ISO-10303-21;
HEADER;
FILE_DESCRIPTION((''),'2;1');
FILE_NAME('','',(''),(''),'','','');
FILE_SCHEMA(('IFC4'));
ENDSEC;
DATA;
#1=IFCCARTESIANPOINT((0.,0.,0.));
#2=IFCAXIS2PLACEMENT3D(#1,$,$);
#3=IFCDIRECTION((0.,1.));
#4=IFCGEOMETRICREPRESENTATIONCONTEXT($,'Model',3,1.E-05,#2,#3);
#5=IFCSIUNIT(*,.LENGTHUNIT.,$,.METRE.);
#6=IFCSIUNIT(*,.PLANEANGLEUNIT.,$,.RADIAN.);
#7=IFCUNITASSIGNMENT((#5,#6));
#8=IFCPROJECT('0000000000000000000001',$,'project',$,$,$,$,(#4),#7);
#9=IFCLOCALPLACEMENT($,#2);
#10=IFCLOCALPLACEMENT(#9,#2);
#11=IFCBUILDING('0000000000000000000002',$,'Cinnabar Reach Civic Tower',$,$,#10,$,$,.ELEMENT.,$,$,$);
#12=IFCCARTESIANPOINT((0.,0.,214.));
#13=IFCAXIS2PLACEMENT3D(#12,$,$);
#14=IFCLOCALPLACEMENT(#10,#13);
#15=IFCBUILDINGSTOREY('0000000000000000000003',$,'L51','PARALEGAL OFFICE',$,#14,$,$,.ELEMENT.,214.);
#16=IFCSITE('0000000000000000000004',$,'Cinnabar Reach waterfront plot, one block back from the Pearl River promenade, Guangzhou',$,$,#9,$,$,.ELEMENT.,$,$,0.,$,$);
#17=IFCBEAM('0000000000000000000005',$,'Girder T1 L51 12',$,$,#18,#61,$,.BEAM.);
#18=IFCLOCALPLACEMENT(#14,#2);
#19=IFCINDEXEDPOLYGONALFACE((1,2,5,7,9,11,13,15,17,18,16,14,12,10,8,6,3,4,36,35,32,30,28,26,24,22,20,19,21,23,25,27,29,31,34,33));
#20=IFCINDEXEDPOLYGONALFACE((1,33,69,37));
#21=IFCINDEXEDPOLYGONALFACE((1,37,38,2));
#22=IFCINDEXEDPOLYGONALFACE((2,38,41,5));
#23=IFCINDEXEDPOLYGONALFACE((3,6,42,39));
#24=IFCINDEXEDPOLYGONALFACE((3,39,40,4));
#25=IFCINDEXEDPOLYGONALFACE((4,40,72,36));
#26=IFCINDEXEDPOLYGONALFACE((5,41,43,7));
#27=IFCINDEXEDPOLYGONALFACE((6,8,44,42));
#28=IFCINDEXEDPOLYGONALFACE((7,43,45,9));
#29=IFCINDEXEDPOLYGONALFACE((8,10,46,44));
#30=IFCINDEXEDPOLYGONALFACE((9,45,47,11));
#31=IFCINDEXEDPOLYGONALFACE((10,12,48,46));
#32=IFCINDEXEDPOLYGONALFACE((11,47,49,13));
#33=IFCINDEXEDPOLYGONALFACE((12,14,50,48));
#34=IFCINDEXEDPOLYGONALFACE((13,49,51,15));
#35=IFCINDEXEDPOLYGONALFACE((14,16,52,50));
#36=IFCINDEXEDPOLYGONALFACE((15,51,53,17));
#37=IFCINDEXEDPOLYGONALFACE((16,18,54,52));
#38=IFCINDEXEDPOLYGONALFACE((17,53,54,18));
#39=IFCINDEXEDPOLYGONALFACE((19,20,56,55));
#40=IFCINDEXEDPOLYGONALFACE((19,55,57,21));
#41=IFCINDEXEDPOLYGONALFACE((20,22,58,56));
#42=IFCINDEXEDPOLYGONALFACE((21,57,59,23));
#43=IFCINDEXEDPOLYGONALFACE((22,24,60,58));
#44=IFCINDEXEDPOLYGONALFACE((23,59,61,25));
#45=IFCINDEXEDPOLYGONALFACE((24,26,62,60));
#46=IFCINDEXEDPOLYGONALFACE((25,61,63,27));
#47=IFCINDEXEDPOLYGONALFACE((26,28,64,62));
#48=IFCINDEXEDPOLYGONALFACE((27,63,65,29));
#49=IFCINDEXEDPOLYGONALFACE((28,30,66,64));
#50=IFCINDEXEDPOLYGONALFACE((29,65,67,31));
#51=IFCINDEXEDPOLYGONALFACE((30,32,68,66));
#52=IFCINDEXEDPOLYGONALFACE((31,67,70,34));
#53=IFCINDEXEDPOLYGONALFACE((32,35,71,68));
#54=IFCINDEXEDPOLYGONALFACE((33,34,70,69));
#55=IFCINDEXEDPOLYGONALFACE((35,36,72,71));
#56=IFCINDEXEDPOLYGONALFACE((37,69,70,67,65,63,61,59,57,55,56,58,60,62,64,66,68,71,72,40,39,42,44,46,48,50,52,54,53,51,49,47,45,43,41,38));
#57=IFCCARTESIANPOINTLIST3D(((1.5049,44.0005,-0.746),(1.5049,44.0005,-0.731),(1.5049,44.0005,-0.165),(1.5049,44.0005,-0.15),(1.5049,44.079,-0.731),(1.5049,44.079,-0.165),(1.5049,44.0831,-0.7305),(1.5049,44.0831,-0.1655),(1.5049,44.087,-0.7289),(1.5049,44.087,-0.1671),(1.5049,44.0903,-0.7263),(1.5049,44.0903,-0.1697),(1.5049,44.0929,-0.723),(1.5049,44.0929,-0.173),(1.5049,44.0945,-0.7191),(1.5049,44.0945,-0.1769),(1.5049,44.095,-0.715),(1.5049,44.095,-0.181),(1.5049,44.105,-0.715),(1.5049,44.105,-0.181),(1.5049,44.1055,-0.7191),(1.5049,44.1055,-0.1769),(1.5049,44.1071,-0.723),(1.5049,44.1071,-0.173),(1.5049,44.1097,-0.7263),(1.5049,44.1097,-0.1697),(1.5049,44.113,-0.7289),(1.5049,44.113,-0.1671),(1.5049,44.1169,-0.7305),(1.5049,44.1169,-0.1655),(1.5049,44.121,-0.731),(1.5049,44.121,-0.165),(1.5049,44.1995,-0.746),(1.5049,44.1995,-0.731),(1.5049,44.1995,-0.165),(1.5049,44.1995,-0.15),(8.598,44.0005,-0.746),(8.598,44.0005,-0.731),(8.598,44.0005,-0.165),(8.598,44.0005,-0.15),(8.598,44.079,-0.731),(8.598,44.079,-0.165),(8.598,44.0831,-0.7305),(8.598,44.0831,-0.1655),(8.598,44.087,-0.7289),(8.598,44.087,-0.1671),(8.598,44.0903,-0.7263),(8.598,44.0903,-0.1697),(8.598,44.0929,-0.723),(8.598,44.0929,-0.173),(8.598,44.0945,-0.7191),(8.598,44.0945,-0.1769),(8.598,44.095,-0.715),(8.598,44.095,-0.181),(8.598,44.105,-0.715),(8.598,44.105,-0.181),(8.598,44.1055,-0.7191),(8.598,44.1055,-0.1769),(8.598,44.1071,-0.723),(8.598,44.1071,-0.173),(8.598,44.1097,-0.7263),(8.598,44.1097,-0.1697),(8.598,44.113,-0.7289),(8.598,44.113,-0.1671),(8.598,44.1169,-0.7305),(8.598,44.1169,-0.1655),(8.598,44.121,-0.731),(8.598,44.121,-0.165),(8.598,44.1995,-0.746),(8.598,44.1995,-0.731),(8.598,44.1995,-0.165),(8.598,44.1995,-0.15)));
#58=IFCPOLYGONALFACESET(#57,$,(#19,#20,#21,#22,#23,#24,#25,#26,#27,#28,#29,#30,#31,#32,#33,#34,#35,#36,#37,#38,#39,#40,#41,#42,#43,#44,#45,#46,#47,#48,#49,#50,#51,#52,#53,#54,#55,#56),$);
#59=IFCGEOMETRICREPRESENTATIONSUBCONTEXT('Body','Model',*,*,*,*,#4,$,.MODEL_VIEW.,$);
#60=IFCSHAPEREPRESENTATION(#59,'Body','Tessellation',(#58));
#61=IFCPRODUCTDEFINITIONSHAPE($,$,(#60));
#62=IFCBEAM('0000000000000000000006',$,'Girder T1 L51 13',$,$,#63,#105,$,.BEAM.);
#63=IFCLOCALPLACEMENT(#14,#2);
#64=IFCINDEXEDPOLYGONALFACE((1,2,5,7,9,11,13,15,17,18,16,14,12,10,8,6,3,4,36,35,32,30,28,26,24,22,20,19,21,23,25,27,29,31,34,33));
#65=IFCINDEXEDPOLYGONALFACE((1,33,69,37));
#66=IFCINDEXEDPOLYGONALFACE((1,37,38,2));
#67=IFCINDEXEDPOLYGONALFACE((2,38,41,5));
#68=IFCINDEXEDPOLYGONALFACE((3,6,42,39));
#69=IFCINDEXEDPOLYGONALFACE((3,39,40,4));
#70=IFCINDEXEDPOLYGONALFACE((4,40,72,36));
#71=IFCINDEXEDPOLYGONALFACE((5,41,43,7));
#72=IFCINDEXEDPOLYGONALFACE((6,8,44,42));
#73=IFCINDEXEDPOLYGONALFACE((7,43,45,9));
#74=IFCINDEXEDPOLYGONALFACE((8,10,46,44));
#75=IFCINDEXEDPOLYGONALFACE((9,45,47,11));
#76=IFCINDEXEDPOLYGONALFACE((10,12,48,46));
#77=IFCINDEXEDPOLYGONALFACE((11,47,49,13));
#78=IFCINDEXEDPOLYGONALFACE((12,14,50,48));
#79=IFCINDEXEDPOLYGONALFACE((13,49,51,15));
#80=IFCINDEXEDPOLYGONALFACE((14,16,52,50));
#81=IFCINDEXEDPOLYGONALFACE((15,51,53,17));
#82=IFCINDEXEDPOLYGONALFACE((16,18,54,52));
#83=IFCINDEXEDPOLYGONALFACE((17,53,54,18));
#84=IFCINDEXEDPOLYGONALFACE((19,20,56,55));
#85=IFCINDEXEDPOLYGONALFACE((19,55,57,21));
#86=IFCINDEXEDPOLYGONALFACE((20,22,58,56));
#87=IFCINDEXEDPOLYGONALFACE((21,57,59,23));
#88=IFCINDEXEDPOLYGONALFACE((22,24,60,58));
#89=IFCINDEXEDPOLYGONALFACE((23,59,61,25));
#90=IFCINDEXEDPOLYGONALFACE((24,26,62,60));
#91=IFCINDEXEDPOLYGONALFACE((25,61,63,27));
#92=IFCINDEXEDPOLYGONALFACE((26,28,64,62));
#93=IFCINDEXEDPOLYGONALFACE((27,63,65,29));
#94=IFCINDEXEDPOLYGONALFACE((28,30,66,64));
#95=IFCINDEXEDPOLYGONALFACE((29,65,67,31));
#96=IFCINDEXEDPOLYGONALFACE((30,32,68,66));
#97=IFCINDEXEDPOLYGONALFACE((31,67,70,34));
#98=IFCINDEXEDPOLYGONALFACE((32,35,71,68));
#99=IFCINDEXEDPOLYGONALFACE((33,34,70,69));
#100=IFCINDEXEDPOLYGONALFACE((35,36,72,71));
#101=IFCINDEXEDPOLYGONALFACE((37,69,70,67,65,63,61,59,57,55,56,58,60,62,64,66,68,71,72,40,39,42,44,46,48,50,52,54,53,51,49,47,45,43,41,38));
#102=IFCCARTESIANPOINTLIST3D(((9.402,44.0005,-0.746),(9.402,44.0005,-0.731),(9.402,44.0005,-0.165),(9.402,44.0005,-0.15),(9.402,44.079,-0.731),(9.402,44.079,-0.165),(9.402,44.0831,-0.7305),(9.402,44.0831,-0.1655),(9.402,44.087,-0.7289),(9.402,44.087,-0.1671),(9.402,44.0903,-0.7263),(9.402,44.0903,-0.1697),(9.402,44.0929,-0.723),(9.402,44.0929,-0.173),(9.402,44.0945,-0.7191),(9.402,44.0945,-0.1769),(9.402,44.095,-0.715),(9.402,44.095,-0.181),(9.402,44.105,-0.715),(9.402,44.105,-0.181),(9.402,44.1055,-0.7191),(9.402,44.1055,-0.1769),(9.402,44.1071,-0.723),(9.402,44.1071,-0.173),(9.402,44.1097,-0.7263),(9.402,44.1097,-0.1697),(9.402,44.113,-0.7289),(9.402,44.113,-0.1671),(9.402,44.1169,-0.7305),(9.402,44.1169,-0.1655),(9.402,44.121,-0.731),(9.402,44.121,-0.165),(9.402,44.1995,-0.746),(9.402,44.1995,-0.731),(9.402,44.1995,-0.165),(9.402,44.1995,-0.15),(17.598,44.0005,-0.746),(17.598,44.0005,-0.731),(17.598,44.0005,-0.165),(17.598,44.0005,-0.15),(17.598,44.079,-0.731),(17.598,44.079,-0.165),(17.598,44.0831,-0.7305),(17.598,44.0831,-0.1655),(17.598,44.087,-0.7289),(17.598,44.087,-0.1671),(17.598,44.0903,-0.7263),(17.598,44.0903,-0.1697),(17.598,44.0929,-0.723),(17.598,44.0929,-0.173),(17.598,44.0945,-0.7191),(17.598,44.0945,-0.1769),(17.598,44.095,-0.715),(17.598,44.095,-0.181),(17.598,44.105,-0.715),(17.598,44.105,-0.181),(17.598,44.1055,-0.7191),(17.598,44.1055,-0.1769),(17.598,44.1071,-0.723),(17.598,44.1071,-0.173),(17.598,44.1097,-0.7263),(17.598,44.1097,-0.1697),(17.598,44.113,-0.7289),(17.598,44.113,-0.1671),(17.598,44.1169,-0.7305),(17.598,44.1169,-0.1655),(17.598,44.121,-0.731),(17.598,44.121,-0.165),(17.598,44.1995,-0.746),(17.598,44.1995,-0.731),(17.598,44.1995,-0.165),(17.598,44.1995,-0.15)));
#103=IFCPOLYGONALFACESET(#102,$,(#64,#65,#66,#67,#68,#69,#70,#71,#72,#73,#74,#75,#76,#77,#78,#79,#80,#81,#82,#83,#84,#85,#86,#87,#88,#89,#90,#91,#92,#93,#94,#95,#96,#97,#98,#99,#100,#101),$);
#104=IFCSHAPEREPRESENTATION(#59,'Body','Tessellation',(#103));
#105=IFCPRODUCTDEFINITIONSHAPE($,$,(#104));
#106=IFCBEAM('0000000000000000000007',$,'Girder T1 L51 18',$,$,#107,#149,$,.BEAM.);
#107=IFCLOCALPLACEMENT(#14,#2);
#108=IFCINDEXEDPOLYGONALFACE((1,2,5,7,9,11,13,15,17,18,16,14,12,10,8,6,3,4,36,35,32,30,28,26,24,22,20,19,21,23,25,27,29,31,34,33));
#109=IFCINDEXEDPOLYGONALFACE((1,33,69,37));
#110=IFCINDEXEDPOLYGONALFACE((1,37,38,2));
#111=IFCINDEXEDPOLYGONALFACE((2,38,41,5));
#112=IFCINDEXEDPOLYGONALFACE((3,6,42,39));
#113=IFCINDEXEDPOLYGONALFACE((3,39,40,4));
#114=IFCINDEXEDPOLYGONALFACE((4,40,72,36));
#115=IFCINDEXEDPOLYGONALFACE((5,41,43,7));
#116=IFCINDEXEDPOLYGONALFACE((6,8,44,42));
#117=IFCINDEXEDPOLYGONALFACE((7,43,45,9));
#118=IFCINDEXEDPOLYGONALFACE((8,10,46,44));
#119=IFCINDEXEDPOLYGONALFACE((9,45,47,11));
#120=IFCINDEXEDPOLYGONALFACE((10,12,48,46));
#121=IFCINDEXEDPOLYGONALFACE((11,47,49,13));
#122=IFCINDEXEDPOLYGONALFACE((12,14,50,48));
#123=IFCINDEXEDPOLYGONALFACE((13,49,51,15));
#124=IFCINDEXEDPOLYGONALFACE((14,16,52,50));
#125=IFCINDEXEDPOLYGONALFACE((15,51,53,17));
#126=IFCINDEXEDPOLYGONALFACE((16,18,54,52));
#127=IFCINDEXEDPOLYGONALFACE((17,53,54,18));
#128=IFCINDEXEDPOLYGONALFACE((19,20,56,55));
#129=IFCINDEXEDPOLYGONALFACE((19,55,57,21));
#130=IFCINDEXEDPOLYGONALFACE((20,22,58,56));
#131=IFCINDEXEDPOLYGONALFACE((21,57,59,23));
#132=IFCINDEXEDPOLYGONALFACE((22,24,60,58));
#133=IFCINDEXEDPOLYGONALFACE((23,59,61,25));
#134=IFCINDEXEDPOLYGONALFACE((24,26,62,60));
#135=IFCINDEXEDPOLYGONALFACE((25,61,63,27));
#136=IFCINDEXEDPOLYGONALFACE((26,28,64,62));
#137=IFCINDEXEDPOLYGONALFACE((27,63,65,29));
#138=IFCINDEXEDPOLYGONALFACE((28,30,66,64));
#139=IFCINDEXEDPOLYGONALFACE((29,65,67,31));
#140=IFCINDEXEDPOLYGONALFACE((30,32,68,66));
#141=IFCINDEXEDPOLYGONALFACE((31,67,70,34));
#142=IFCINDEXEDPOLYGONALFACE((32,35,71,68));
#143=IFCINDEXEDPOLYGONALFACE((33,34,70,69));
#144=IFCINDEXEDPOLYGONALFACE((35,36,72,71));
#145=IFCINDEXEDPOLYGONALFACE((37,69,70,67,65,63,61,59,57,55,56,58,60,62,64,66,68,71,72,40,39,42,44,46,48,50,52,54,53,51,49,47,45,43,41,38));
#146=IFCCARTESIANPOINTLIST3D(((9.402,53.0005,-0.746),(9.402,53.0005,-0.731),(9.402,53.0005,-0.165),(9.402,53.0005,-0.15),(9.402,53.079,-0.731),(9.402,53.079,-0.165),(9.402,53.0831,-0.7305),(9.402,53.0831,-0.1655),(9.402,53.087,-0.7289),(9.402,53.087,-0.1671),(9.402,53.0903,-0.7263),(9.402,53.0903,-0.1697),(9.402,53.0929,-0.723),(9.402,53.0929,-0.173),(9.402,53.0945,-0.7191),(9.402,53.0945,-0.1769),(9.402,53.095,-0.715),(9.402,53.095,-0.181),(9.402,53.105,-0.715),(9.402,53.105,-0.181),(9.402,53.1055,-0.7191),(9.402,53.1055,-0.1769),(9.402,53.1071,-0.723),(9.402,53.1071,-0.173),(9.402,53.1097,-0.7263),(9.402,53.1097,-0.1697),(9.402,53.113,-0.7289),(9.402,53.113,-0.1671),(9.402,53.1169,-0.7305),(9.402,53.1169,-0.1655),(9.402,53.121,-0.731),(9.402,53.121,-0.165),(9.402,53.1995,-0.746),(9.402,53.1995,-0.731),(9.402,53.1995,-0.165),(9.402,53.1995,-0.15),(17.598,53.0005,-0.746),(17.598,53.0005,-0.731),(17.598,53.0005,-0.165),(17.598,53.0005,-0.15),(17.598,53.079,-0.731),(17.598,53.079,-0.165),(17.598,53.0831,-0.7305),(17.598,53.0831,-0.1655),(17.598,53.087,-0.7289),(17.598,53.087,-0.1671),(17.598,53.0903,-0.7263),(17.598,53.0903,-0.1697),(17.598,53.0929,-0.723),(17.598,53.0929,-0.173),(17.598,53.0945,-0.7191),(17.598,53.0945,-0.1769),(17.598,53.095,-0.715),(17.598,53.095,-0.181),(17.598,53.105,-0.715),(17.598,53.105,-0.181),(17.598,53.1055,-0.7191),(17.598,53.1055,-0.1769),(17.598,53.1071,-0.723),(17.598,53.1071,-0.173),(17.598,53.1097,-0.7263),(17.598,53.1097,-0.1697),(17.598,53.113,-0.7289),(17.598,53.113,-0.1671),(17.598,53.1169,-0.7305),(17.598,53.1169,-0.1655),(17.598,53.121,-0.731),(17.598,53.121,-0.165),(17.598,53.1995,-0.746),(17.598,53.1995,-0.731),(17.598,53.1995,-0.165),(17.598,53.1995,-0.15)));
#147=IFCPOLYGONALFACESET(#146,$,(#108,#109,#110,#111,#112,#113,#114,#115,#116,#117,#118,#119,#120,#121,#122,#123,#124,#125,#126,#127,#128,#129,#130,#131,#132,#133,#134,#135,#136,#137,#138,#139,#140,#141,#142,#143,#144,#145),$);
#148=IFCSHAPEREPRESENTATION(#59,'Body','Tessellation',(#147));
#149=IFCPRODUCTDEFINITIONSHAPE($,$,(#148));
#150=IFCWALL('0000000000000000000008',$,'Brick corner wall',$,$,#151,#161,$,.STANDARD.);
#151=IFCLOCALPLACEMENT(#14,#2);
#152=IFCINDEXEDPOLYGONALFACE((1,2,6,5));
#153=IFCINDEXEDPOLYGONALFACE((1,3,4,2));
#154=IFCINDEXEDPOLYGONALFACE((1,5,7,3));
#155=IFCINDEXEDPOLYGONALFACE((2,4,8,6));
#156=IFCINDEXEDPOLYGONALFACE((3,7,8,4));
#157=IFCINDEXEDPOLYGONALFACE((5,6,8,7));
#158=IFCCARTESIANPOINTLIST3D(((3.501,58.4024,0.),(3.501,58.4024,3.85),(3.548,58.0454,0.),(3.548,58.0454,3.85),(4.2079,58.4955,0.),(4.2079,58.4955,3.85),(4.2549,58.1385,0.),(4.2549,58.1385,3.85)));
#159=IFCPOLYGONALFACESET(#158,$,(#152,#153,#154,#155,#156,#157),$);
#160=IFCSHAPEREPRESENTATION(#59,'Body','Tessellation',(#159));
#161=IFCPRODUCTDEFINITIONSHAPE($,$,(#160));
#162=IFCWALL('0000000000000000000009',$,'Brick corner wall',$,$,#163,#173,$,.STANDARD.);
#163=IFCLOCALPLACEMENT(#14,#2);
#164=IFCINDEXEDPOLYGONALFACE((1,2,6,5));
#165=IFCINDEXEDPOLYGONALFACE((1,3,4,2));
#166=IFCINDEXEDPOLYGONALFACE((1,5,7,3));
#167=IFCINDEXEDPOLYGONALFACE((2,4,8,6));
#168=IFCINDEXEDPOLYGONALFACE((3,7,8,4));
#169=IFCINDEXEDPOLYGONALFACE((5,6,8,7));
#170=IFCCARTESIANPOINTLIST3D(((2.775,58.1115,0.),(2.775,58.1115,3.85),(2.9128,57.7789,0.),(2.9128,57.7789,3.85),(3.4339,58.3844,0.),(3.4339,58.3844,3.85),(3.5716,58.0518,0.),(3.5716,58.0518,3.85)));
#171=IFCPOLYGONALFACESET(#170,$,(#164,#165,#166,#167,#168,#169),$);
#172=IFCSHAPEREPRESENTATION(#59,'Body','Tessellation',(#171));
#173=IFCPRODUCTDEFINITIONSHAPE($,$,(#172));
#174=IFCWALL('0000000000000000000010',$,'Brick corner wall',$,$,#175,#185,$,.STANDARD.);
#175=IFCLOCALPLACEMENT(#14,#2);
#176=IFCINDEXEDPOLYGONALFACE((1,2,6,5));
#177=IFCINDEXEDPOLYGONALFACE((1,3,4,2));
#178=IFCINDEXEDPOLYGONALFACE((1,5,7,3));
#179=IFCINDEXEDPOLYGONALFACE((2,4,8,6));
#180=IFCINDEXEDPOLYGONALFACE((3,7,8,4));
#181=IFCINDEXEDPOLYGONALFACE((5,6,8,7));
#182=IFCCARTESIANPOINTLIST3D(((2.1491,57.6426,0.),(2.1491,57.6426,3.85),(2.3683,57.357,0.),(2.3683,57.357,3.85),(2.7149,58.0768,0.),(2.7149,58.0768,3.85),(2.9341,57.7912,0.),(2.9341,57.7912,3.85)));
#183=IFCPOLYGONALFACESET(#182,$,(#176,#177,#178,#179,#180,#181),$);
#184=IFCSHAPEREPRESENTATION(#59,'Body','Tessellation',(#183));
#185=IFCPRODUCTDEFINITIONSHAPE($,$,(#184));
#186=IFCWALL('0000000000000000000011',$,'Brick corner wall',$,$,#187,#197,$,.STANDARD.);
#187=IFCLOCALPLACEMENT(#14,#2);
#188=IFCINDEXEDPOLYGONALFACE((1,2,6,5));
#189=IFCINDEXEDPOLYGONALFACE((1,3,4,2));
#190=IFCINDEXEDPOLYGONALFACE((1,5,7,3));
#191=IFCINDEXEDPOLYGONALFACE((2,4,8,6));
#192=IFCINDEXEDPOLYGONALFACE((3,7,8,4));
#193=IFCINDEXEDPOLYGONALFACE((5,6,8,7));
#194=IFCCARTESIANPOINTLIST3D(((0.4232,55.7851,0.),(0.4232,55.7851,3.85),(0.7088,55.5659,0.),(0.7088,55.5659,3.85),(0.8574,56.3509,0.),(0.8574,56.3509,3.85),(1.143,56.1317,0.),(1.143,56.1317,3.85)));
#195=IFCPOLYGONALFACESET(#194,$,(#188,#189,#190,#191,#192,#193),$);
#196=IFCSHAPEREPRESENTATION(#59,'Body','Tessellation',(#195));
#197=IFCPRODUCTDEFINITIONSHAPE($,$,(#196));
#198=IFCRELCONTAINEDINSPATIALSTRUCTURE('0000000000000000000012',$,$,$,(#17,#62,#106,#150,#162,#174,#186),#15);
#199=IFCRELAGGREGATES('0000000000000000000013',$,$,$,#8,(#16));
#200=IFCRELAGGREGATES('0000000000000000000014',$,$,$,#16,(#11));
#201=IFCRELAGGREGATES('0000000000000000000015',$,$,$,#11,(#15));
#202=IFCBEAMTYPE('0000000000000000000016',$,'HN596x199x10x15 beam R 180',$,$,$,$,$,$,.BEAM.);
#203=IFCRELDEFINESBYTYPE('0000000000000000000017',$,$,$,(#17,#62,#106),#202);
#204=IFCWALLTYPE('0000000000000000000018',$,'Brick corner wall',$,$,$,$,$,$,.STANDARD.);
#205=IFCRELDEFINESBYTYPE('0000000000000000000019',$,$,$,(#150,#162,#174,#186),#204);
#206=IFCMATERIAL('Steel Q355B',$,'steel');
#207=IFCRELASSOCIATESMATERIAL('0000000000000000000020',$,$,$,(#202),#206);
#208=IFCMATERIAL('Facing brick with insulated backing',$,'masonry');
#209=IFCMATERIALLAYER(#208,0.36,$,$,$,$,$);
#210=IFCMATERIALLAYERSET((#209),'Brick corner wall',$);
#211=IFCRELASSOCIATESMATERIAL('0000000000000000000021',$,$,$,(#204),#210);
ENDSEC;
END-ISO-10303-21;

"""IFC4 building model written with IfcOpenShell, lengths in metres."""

from ifc_helpers import new_model, si_unit, direction, frame, frame_2d, origin, origin_2d, place, context, subcontext, project, spatial, rectangle, i_section, extrude, material, layer, layer_set, material_profile, profile_set, type_object, element, save


model = new_model("IFC4")

# Units and contexts
model_context = context("Model", 3, precision=1e-05, world=origin(), true_north=direction((0.0, 1.0)))
body_context = subcontext(model_context, "Body", "Model", "MODEL_VIEW")
ifc_project = project(units=[si_unit("LENGTHUNIT", "METRE"), si_unit("PLANEANGLEUNIT", "RADIAN")], contexts=[model_context])

# Site, building, storey
site_placement = place(None, origin())
site = spatial("IfcSite", under=ifc_project, at=site_placement, Name="Cinnabar Reach waterfront plot, one block back from the Pearl River promenade, Guangzhou", CompositionType="ELEMENT", RefElevation=0.0)
building_placement = place(site_placement, origin())
building = spatial("IfcBuilding", under=site, at=building_placement, Name="Cinnabar Reach Civic Tower", CompositionType="ELEMENT")
storey_placement = place(building_placement, frame((0.0, 0.0, 214.0)))
storey = spatial("IfcBuildingStorey", under=building, at=storey_placement, Name="L51", Description="PARALEGAL OFFICE", CompositionType="ELEMENT", Elevation=214.0)

# Beams
ifc_material_1 = material(Name="Steel Q355B", Category="steel")
ifc_material_profile_1 = material_profile(ifc_material_1, i_section(OverallWidth=0.199, OverallDepth=0.596, WebThickness=0.01, FlangeThickness=0.015, FilletRadius=0.016, at=origin_2d()), Name="HN596x199x10x15")
ifc_profile_set_1 = profile_set([ifc_material_profile_1], Name="Steel Q355B")
beam_type_1 = type_object("IfcBeamType", Name="HN596x199x10x15 beam R 180", PredefinedType="BEAM", material=ifc_profile_set_1)
beam_1_placement = place(storey_placement, frame((1.5049, 44.1, -0.448), z_axis=(1.0, 0.0, 0.0), x_axis=(0.0, 1.0, 0.0)))
element("IfcBeam", 1, at=beam_1_placement, inside=storey, type_object=beam_type_1, Name="Girder T1 L51 12", PredefinedType="BEAM", context=body_context, shape_type="SweptSolid", body=[
    extrude(i_section(OverallWidth=0.199, OverallDepth=0.596, WebThickness=0.01, FlangeThickness=0.015, FilletRadius=0.016, at=origin_2d()), origin(), (0.0, 0.0, 1.0), 7.0931),
])
for number, where, z_axis, x_axis, name in (
    (2, (9.402, 44.1, -0.448), (1.0, 0.0, 0.0), (0.0, 1.0, 0.0), "Girder T1 L51 13"),
    (3, (9.402, 53.1, -0.448), (1.0, 0.0, 0.0), (0.0, 1.0, 0.0), "Girder T1 L51 18"),
):
    element("IfcBeam", number, at=place(storey_placement, frame(where, z_axis=z_axis, x_axis=x_axis)), inside=storey, type_object=beam_type_1, Name=name, PredefinedType="BEAM", context=body_context, shape_type="SweptSolid", body=[
        extrude(i_section(OverallWidth=0.199, OverallDepth=0.596, WebThickness=0.01, FlangeThickness=0.015, FilletRadius=0.016, at=origin_2d()), origin(), (0.0, 0.0, 1.0), 8.196),
    ])

# Walls
ifc_material_2 = material(Name="Facing brick with insulated backing", Category="masonry")
ifc_layer_1 = layer(ifc_material_2, 0.36)
ifc_layer_set_1 = layer_set([ifc_layer_1], Name="Brick corner wall")
wall_type_1 = type_object("IfcWallType", Name="Brick corner wall", PredefinedType="STANDARD", material=ifc_layer_set_1)
for number, where, z_axis, x_axis, name in (
    (4, (4.2314, 58.317, 0.0), (0.0, 0.0, 1.0), (-0.991441, -0.130556, 0.0), "Brick corner wall"),
    (5, (3.5027, 58.2181, 0.0), (0.0, 0.0, 1.0), (-0.923872, -0.382703, 0.0), "Brick corner wall"),
):
    element("IfcWall", number, at=place(storey_placement, frame(where, z_axis=z_axis, x_axis=x_axis)), inside=storey, type_object=wall_type_1, Name=name, PredefinedType="STANDARD", context=body_context, shape_type="SweptSolid", body=[
        extrude(rectangle(XDim=0.7131, YDim=0.36, at=frame_2d((0.3565, 0.0))), origin(), (0.0, 0.0, 1.0), 3.85),
    ])
for number, where, z_axis, x_axis, name in (
    (6, (2.8245, 57.934, 0.0), (0.0, 0.0, 1.0), (-0.793322, -0.608802, 0.0), "Brick corner wall"),
    (7, (1.0002, 56.2413, 0.0), (0.0, 0.0, 1.0), (-0.608802, -0.793322, 0.0), "Brick corner wall"),
):
    element("IfcWall", number, at=place(storey_placement, frame(where, z_axis=z_axis, x_axis=x_axis)), inside=storey, type_object=wall_type_1, Name=name, PredefinedType="STANDARD", context=body_context, shape_type="SweptSolid", body=[
        extrude(rectangle(XDim=0.7132, YDim=0.36, at=frame_2d((0.3566, 0.0))), origin(), (0.0, 0.0, 1.0), 3.85),
    ])

save(model, "model.ifc")
